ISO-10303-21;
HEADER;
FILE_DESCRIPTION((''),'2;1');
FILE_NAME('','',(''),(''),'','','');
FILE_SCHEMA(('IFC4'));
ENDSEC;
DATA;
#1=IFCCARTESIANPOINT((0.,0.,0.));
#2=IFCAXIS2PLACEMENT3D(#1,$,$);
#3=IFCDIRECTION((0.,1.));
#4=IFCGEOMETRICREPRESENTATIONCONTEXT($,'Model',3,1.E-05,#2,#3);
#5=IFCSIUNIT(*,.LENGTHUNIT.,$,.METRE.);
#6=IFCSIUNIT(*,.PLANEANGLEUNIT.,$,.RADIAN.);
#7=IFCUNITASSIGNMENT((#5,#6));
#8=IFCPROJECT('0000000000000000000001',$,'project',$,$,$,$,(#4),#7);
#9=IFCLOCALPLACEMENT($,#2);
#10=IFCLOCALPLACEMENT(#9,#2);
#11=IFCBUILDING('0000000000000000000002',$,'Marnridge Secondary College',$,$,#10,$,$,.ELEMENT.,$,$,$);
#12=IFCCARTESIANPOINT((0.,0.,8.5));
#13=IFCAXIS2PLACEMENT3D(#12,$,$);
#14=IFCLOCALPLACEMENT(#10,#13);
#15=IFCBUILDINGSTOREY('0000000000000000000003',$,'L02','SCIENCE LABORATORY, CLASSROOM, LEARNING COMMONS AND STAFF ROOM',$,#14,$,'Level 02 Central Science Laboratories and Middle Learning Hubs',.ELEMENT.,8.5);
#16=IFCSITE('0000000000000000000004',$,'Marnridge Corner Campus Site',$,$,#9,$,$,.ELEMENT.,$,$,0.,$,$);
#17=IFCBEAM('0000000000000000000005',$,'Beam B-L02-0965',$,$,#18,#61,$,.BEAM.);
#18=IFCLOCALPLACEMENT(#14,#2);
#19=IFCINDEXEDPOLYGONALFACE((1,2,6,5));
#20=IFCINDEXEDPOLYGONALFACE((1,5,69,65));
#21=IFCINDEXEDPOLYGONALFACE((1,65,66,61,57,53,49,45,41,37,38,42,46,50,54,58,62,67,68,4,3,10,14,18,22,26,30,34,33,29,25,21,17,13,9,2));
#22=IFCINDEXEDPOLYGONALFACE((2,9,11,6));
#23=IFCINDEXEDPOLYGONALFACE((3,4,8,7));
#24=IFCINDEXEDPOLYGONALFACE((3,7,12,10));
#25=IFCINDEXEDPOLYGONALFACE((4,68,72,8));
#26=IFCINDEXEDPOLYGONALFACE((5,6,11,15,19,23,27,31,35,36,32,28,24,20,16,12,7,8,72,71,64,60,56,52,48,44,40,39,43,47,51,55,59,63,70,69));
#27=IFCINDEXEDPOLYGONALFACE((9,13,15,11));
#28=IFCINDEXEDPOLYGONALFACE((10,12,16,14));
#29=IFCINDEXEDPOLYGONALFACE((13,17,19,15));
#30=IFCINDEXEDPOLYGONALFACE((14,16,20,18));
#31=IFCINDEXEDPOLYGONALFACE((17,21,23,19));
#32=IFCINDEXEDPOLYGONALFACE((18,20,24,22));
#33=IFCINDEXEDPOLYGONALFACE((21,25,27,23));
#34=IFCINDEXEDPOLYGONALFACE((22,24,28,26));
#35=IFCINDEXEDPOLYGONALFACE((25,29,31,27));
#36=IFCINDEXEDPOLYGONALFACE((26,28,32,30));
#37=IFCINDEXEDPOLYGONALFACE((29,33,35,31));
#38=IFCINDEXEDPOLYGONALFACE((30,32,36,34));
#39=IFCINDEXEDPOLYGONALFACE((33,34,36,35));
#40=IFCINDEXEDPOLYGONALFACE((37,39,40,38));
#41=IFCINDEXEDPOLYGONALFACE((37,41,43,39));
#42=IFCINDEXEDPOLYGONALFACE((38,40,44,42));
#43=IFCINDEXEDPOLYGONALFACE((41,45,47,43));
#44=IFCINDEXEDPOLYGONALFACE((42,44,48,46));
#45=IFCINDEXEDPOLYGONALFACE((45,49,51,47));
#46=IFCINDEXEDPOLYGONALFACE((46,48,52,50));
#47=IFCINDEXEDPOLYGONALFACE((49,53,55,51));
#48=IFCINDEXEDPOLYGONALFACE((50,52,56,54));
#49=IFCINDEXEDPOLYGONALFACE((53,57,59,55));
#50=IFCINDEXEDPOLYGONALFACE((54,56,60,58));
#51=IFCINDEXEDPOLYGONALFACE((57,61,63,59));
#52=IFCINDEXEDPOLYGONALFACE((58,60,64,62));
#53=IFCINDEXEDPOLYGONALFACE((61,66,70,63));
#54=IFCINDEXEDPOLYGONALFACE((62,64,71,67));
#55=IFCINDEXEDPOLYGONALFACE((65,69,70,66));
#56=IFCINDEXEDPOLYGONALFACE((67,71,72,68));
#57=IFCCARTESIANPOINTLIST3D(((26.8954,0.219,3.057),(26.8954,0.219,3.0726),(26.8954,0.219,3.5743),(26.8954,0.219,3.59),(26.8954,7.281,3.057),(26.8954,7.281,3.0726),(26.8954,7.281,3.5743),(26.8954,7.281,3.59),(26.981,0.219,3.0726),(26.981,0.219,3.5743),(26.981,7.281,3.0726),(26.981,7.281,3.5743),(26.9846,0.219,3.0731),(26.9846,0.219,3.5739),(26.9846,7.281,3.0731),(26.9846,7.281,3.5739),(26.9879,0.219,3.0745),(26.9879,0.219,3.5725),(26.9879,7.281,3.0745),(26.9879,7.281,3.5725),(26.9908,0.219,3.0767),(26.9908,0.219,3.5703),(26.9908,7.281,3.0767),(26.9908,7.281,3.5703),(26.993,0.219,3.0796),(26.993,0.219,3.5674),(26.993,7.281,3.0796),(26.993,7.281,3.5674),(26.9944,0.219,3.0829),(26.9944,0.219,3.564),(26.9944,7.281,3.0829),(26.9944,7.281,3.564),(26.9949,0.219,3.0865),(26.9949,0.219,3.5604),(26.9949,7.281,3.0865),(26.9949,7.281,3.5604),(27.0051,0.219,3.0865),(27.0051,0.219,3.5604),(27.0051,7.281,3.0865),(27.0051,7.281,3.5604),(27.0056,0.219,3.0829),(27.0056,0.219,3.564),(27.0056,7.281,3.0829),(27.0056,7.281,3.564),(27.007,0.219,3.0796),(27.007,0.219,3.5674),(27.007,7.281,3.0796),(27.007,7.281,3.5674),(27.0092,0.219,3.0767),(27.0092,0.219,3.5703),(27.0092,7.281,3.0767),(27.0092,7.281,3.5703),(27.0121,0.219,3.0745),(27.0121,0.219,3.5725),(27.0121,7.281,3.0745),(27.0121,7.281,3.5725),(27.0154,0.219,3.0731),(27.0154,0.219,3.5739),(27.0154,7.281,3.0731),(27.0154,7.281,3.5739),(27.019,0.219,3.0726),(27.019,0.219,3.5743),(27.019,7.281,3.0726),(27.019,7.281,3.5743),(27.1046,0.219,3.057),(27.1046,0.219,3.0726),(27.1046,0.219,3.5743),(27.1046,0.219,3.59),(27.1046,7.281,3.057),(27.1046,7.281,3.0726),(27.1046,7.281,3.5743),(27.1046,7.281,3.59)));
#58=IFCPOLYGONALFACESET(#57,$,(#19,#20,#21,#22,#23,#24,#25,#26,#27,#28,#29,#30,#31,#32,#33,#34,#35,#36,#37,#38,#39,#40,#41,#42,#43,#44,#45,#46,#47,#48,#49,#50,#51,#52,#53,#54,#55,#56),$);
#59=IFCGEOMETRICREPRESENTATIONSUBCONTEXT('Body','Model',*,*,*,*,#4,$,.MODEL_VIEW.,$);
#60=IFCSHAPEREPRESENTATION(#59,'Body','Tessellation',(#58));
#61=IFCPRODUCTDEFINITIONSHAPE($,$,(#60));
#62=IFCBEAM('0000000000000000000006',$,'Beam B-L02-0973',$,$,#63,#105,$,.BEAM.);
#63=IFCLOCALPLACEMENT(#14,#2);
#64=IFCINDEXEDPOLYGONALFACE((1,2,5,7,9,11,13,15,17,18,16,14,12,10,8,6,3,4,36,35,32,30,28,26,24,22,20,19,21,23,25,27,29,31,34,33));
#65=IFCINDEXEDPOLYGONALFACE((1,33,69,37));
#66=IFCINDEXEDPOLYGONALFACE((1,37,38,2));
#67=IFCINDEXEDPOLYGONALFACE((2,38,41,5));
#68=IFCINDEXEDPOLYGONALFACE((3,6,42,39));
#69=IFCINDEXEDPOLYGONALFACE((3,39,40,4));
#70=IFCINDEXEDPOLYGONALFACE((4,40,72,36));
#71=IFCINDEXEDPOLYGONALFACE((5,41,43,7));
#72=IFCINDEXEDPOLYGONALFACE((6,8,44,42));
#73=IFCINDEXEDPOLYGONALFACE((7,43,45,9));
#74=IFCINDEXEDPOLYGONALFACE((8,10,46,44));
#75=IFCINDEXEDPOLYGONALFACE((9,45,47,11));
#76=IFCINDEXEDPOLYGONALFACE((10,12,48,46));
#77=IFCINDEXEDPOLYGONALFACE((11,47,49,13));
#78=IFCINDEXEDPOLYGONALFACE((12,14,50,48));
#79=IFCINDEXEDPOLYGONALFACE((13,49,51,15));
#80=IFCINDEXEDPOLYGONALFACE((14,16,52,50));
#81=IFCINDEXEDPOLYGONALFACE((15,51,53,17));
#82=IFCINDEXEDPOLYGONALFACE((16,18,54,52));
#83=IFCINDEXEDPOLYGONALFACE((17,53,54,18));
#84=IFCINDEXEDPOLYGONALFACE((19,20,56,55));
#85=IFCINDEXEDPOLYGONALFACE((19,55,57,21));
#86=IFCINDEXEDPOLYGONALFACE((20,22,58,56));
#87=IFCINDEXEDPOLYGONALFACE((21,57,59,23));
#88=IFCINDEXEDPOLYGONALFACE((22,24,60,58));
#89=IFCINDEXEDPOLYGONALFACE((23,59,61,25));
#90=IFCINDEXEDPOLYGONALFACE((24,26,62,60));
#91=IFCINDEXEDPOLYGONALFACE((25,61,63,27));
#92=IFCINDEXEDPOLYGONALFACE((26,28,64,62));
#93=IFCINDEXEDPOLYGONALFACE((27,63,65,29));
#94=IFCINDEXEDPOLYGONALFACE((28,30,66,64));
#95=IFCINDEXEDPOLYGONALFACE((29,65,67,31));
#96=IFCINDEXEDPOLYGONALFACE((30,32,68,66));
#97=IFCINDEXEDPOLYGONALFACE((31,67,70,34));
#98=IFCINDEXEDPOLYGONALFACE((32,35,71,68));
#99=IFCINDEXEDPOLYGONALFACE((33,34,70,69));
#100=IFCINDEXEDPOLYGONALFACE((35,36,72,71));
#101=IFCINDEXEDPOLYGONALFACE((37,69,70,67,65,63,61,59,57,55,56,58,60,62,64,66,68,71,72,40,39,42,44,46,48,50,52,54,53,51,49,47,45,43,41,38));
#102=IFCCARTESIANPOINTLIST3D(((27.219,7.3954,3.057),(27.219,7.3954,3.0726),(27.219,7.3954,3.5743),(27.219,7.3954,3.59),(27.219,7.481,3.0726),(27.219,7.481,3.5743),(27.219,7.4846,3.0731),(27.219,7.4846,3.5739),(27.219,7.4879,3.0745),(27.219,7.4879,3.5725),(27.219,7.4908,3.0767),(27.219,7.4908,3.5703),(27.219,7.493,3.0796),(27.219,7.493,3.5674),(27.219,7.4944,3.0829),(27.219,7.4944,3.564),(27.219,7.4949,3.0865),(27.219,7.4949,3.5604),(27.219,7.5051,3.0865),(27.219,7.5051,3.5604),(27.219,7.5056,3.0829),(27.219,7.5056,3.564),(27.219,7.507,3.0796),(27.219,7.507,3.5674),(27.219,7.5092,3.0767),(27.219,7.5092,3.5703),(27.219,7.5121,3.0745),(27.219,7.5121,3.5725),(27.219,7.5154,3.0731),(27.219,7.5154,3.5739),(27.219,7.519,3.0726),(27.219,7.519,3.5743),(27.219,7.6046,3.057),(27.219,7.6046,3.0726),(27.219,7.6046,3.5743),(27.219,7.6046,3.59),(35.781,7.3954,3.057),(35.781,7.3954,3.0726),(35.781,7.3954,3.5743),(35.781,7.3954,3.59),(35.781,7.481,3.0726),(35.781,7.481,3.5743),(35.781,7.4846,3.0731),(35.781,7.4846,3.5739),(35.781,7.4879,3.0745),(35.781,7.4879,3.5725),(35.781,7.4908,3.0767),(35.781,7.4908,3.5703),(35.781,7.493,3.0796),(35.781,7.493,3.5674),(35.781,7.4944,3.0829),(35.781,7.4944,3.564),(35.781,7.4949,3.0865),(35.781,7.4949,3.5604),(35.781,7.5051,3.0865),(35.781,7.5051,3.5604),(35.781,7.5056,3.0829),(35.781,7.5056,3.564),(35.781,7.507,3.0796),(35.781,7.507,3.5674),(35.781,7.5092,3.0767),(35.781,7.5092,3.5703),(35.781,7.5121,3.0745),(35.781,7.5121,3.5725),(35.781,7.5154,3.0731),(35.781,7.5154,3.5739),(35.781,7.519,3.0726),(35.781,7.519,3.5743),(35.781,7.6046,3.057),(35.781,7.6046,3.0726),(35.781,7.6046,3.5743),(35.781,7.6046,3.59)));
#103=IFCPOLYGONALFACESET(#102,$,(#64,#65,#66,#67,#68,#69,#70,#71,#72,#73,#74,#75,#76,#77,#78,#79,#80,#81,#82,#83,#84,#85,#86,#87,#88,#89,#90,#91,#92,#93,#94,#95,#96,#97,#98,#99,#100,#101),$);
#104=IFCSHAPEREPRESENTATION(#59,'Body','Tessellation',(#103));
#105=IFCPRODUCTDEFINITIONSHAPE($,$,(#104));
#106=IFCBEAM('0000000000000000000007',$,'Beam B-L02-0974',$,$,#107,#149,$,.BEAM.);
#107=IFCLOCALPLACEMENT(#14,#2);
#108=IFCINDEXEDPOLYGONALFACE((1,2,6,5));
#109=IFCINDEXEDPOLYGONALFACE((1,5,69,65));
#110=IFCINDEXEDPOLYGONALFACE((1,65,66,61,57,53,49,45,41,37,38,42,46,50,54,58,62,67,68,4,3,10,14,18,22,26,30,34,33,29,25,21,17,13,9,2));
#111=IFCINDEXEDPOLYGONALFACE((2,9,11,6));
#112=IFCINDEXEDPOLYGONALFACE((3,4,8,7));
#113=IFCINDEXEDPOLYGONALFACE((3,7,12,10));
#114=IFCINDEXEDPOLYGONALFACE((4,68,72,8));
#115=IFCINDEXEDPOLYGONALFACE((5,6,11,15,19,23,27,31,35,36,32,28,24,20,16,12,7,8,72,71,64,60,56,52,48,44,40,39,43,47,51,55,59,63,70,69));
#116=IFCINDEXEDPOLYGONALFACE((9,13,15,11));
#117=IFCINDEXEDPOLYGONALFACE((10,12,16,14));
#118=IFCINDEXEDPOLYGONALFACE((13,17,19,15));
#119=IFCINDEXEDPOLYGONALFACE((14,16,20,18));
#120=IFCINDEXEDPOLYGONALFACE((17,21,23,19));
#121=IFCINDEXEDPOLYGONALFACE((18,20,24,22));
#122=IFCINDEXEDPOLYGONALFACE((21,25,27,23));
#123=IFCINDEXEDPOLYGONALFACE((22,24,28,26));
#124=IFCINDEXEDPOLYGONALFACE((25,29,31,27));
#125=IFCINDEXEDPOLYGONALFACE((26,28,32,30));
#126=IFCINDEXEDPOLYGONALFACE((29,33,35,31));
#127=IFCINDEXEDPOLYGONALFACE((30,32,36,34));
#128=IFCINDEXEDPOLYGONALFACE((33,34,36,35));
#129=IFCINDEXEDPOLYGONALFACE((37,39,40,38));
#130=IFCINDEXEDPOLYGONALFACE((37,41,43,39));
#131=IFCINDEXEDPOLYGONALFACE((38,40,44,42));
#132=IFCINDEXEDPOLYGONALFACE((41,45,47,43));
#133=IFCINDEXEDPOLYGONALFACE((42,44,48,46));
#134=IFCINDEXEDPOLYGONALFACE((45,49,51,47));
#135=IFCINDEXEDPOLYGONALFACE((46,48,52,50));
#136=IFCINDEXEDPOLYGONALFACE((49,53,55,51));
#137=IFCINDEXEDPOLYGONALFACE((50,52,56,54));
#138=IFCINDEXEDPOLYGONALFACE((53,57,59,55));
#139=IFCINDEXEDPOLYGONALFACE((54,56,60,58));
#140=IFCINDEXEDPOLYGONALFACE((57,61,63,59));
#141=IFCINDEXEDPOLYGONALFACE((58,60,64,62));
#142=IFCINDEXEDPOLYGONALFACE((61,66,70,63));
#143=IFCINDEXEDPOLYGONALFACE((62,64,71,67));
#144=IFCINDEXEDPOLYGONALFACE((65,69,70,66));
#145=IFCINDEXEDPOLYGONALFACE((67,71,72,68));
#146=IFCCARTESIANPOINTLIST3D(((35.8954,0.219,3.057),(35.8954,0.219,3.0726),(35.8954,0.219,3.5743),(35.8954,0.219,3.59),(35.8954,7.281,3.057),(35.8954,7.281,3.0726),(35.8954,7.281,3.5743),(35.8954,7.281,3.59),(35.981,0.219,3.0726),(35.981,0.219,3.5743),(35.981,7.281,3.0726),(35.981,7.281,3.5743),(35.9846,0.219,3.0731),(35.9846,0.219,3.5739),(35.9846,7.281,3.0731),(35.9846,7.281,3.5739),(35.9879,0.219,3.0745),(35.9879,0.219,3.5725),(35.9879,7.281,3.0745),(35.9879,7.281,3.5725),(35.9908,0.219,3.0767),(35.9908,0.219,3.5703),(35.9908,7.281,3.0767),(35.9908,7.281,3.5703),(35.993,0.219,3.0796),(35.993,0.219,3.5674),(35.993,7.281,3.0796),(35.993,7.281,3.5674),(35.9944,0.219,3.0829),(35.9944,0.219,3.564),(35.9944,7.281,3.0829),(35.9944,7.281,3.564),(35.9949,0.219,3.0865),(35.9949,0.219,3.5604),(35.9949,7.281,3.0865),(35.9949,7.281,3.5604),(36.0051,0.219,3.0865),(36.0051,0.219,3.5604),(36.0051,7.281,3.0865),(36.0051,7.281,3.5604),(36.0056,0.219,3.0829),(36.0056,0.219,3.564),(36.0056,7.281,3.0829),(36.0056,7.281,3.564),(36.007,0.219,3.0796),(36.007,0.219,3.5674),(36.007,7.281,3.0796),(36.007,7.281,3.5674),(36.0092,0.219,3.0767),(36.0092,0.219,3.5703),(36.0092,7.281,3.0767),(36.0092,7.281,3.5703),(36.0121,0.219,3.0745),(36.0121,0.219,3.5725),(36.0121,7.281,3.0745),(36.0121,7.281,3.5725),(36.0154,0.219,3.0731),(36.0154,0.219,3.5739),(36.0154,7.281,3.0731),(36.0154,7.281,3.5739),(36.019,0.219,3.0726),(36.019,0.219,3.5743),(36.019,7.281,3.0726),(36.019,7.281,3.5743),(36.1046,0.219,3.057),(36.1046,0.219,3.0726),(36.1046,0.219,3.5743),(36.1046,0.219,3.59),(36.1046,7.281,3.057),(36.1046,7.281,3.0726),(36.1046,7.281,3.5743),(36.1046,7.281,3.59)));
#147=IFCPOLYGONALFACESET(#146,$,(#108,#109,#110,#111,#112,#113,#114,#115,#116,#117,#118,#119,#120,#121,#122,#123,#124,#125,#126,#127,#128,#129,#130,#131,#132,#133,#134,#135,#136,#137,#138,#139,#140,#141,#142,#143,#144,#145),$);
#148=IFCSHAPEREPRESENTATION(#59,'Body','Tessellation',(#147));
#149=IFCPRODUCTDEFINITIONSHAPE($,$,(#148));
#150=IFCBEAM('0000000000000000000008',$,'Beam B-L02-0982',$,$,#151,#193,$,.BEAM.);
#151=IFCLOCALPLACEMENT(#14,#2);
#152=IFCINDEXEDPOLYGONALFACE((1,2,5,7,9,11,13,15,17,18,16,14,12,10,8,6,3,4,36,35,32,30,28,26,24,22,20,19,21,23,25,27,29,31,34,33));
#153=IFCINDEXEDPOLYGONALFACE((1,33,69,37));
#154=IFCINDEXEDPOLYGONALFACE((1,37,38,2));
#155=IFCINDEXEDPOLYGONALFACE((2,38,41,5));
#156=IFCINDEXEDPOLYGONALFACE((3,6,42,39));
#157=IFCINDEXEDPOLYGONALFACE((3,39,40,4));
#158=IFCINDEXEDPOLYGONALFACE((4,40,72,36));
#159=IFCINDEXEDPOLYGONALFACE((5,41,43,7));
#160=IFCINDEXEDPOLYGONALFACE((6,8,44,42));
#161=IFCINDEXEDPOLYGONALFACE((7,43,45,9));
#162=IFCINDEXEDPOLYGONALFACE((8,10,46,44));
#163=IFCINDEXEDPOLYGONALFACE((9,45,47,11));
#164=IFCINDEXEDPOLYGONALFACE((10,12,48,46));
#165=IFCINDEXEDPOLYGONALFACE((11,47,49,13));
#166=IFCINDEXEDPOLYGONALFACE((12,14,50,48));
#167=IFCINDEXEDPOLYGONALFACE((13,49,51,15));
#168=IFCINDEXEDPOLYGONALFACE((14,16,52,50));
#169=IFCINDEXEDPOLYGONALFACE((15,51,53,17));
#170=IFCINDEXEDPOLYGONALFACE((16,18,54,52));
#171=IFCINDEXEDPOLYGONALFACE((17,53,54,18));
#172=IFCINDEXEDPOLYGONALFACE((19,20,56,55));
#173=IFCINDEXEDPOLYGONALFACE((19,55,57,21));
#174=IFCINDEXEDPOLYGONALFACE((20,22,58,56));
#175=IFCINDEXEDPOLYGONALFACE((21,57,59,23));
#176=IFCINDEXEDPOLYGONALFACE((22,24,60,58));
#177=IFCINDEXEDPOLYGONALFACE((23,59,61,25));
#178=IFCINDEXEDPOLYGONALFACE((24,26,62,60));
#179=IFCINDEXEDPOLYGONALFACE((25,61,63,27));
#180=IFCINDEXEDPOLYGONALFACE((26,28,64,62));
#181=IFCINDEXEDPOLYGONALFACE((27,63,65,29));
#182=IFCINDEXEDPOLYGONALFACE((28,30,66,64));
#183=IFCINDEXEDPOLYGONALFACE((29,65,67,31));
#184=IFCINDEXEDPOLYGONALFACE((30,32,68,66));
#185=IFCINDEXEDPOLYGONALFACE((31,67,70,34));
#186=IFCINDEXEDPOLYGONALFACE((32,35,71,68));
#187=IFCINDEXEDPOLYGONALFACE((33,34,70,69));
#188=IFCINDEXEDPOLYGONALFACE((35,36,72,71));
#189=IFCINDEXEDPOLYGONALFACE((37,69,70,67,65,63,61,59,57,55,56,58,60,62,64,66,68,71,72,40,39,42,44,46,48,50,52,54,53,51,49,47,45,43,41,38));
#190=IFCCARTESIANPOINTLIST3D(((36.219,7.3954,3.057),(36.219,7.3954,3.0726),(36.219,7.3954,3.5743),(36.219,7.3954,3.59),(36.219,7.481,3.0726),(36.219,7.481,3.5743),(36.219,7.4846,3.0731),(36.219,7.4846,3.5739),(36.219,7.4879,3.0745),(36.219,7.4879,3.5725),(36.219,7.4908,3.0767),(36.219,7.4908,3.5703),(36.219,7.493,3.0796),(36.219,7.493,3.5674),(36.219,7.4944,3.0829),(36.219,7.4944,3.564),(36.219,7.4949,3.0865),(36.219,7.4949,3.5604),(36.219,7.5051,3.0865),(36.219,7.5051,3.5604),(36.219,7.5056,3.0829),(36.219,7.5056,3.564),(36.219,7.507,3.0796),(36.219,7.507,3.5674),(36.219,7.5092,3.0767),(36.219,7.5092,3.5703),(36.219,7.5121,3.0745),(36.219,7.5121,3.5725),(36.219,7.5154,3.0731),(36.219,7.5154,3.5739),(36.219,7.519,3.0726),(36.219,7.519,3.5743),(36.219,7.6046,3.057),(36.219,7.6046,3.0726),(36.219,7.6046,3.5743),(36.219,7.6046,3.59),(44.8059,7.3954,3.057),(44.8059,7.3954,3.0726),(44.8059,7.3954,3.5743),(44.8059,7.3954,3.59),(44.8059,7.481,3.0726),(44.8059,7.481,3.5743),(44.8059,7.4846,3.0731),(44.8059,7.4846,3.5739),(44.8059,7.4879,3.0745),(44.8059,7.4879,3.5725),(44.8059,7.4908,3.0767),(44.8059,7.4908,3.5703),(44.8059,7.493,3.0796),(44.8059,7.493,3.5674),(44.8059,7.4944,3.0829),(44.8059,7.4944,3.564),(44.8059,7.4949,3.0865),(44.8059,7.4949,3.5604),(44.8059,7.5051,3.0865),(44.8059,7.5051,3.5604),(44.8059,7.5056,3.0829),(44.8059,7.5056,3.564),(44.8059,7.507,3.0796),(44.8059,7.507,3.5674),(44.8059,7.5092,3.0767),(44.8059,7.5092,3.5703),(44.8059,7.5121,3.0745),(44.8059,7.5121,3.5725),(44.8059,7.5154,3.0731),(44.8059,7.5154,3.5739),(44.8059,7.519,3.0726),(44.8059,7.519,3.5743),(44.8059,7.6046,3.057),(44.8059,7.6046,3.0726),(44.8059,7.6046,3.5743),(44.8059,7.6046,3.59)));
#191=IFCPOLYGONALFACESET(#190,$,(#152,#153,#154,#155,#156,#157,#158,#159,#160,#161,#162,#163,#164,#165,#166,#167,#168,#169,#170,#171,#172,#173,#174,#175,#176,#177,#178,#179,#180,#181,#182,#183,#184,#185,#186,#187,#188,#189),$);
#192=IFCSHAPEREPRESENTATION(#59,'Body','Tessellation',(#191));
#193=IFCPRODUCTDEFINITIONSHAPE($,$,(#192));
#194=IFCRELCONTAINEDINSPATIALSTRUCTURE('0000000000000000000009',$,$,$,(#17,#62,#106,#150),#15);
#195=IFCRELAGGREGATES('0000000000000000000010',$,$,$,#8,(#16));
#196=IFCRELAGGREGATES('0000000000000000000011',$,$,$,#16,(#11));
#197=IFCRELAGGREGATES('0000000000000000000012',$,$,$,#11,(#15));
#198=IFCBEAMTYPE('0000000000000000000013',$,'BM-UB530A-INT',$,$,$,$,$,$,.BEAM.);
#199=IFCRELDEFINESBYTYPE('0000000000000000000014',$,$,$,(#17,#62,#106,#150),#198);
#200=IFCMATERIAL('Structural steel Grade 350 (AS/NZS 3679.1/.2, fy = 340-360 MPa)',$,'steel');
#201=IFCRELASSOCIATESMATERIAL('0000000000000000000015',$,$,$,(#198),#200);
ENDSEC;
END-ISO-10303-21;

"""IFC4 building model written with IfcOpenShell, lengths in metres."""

from ifc_helpers import new_model, si_unit, direction, frame, origin, origin_2d, place, context, subcontext, project, spatial, i_section, extrude, material, material_profile, profile_set, type_object, element, save


model = new_model("IFC4")

# Units and contexts
model_context = context("Model", 3, precision=1e-05, world=origin(), true_north=direction((0.0, 1.0)))
body_context = subcontext(model_context, "Body", "Model", "MODEL_VIEW")
ifc_project = project(units=[si_unit("LENGTHUNIT", "METRE"), si_unit("PLANEANGLEUNIT", "RADIAN")], contexts=[model_context])

# Site, building, storey
site_placement = place(None, origin())
site = spatial("IfcSite", under=ifc_project, at=site_placement, Name="Marnridge Corner Campus Site", CompositionType="ELEMENT", RefElevation=0.0)
building_placement = place(site_placement, origin())
building = spatial("IfcBuilding", under=site, at=building_placement, Name="Marnridge Secondary College", CompositionType="ELEMENT")
storey_placement = place(building_placement, frame((0.0, 0.0, 8.5)))
storey = spatial("IfcBuildingStorey", under=building, at=storey_placement, Name="L02", Description="SCIENCE LABORATORY, CLASSROOM, LEARNING COMMONS AND STAFF ROOM", LongName="Level 02 Central Science Laboratories and Middle Learning Hubs", CompositionType="ELEMENT", Elevation=8.5)

# Beams
ifc_material_1 = material(Name="Structural steel Grade 350 (AS/NZS 3679.1/.2, fy = 340-360 MPa)", Category="steel")
ifc_material_profile_1 = material_profile(ifc_material_1, i_section(OverallWidth=0.2092, OverallDepth=0.533, WebThickness=0.0103, FlangeThickness=0.0156, FilletRadius=0.0139, at=origin_2d()), Name="530UB92.4")
ifc_profile_set_1 = profile_set([ifc_material_profile_1], Name="Structural steel Grade 350 (AS/NZS 3679.1/.2, fy = 340-360 MPa)")
beam_type_1 = type_object("IfcBeamType", Name="BM-UB530A-INT", PredefinedType="BEAM", material=ifc_profile_set_1)
beam_1_placement = place(storey_placement, frame((27.0, 0.219, 3.3235), z_axis=(0.0, 1.0, 0.0), x_axis=(-1.0, 0.0, 0.0)))
element("IfcBeam", 1, at=beam_1_placement, inside=storey, type_object=beam_type_1, Name="Beam B-L02-0965", PredefinedType="BEAM", context=body_context, shape_type="SweptSolid", body=[
    extrude(i_section(OverallWidth=0.2092, OverallDepth=0.533, WebThickness=0.0103, FlangeThickness=0.0156, FilletRadius=0.0139, at=origin_2d()), origin(), (0.0, 0.0, 1.0), 7.062),
])
beam_2_placement = place(storey_placement, frame((27.219, 7.5, 3.3235), z_axis=(1.0, 0.0, 0.0), x_axis=(0.0, 1.0, 0.0)))
element("IfcBeam", 2, at=beam_2_placement, inside=storey, type_object=beam_type_1, Name="Beam B-L02-0973", PredefinedType="BEAM", context=body_context, shape_type="SweptSolid", body=[
    extrude(i_section(OverallWidth=0.2092, OverallDepth=0.533, WebThickness=0.0103, FlangeThickness=0.0156, FilletRadius=0.0139, at=origin_2d()), origin(), (0.0, 0.0, 1.0), 8.562),
])
beam_3_placement = place(storey_placement, frame((36.0, 0.219, 3.3235), z_axis=(0.0, 1.0, 0.0), x_axis=(-1.0, 0.0, 0.0)))
element("IfcBeam", 3, at=beam_3_placement, inside=storey, type_object=beam_type_1, Name="Beam B-L02-0974", PredefinedType="BEAM", context=body_context, shape_type="SweptSolid", body=[
    extrude(i_section(OverallWidth=0.2092, OverallDepth=0.533, WebThickness=0.0103, FlangeThickness=0.0156, FilletRadius=0.0139, at=origin_2d()), origin(), (0.0, 0.0, 1.0), 7.062),
])
beam_4_placement = place(storey_placement, frame((36.219, 7.5, 3.3235), z_axis=(1.0, 0.0, 0.0), x_axis=(0.0, 1.0, 0.0)))
element("IfcBeam", 4, at=beam_4_placement, inside=storey, type_object=beam_type_1, Name="Beam B-L02-0982", PredefinedType="BEAM", context=body_context, shape_type="SweptSolid", body=[
    extrude(i_section(OverallWidth=0.2092, OverallDepth=0.533, WebThickness=0.0103, FlangeThickness=0.0156, FilletRadius=0.0139, at=origin_2d()), origin(), (0.0, 0.0, 1.0), 8.5869),
])

save(model, "model.ifc")
